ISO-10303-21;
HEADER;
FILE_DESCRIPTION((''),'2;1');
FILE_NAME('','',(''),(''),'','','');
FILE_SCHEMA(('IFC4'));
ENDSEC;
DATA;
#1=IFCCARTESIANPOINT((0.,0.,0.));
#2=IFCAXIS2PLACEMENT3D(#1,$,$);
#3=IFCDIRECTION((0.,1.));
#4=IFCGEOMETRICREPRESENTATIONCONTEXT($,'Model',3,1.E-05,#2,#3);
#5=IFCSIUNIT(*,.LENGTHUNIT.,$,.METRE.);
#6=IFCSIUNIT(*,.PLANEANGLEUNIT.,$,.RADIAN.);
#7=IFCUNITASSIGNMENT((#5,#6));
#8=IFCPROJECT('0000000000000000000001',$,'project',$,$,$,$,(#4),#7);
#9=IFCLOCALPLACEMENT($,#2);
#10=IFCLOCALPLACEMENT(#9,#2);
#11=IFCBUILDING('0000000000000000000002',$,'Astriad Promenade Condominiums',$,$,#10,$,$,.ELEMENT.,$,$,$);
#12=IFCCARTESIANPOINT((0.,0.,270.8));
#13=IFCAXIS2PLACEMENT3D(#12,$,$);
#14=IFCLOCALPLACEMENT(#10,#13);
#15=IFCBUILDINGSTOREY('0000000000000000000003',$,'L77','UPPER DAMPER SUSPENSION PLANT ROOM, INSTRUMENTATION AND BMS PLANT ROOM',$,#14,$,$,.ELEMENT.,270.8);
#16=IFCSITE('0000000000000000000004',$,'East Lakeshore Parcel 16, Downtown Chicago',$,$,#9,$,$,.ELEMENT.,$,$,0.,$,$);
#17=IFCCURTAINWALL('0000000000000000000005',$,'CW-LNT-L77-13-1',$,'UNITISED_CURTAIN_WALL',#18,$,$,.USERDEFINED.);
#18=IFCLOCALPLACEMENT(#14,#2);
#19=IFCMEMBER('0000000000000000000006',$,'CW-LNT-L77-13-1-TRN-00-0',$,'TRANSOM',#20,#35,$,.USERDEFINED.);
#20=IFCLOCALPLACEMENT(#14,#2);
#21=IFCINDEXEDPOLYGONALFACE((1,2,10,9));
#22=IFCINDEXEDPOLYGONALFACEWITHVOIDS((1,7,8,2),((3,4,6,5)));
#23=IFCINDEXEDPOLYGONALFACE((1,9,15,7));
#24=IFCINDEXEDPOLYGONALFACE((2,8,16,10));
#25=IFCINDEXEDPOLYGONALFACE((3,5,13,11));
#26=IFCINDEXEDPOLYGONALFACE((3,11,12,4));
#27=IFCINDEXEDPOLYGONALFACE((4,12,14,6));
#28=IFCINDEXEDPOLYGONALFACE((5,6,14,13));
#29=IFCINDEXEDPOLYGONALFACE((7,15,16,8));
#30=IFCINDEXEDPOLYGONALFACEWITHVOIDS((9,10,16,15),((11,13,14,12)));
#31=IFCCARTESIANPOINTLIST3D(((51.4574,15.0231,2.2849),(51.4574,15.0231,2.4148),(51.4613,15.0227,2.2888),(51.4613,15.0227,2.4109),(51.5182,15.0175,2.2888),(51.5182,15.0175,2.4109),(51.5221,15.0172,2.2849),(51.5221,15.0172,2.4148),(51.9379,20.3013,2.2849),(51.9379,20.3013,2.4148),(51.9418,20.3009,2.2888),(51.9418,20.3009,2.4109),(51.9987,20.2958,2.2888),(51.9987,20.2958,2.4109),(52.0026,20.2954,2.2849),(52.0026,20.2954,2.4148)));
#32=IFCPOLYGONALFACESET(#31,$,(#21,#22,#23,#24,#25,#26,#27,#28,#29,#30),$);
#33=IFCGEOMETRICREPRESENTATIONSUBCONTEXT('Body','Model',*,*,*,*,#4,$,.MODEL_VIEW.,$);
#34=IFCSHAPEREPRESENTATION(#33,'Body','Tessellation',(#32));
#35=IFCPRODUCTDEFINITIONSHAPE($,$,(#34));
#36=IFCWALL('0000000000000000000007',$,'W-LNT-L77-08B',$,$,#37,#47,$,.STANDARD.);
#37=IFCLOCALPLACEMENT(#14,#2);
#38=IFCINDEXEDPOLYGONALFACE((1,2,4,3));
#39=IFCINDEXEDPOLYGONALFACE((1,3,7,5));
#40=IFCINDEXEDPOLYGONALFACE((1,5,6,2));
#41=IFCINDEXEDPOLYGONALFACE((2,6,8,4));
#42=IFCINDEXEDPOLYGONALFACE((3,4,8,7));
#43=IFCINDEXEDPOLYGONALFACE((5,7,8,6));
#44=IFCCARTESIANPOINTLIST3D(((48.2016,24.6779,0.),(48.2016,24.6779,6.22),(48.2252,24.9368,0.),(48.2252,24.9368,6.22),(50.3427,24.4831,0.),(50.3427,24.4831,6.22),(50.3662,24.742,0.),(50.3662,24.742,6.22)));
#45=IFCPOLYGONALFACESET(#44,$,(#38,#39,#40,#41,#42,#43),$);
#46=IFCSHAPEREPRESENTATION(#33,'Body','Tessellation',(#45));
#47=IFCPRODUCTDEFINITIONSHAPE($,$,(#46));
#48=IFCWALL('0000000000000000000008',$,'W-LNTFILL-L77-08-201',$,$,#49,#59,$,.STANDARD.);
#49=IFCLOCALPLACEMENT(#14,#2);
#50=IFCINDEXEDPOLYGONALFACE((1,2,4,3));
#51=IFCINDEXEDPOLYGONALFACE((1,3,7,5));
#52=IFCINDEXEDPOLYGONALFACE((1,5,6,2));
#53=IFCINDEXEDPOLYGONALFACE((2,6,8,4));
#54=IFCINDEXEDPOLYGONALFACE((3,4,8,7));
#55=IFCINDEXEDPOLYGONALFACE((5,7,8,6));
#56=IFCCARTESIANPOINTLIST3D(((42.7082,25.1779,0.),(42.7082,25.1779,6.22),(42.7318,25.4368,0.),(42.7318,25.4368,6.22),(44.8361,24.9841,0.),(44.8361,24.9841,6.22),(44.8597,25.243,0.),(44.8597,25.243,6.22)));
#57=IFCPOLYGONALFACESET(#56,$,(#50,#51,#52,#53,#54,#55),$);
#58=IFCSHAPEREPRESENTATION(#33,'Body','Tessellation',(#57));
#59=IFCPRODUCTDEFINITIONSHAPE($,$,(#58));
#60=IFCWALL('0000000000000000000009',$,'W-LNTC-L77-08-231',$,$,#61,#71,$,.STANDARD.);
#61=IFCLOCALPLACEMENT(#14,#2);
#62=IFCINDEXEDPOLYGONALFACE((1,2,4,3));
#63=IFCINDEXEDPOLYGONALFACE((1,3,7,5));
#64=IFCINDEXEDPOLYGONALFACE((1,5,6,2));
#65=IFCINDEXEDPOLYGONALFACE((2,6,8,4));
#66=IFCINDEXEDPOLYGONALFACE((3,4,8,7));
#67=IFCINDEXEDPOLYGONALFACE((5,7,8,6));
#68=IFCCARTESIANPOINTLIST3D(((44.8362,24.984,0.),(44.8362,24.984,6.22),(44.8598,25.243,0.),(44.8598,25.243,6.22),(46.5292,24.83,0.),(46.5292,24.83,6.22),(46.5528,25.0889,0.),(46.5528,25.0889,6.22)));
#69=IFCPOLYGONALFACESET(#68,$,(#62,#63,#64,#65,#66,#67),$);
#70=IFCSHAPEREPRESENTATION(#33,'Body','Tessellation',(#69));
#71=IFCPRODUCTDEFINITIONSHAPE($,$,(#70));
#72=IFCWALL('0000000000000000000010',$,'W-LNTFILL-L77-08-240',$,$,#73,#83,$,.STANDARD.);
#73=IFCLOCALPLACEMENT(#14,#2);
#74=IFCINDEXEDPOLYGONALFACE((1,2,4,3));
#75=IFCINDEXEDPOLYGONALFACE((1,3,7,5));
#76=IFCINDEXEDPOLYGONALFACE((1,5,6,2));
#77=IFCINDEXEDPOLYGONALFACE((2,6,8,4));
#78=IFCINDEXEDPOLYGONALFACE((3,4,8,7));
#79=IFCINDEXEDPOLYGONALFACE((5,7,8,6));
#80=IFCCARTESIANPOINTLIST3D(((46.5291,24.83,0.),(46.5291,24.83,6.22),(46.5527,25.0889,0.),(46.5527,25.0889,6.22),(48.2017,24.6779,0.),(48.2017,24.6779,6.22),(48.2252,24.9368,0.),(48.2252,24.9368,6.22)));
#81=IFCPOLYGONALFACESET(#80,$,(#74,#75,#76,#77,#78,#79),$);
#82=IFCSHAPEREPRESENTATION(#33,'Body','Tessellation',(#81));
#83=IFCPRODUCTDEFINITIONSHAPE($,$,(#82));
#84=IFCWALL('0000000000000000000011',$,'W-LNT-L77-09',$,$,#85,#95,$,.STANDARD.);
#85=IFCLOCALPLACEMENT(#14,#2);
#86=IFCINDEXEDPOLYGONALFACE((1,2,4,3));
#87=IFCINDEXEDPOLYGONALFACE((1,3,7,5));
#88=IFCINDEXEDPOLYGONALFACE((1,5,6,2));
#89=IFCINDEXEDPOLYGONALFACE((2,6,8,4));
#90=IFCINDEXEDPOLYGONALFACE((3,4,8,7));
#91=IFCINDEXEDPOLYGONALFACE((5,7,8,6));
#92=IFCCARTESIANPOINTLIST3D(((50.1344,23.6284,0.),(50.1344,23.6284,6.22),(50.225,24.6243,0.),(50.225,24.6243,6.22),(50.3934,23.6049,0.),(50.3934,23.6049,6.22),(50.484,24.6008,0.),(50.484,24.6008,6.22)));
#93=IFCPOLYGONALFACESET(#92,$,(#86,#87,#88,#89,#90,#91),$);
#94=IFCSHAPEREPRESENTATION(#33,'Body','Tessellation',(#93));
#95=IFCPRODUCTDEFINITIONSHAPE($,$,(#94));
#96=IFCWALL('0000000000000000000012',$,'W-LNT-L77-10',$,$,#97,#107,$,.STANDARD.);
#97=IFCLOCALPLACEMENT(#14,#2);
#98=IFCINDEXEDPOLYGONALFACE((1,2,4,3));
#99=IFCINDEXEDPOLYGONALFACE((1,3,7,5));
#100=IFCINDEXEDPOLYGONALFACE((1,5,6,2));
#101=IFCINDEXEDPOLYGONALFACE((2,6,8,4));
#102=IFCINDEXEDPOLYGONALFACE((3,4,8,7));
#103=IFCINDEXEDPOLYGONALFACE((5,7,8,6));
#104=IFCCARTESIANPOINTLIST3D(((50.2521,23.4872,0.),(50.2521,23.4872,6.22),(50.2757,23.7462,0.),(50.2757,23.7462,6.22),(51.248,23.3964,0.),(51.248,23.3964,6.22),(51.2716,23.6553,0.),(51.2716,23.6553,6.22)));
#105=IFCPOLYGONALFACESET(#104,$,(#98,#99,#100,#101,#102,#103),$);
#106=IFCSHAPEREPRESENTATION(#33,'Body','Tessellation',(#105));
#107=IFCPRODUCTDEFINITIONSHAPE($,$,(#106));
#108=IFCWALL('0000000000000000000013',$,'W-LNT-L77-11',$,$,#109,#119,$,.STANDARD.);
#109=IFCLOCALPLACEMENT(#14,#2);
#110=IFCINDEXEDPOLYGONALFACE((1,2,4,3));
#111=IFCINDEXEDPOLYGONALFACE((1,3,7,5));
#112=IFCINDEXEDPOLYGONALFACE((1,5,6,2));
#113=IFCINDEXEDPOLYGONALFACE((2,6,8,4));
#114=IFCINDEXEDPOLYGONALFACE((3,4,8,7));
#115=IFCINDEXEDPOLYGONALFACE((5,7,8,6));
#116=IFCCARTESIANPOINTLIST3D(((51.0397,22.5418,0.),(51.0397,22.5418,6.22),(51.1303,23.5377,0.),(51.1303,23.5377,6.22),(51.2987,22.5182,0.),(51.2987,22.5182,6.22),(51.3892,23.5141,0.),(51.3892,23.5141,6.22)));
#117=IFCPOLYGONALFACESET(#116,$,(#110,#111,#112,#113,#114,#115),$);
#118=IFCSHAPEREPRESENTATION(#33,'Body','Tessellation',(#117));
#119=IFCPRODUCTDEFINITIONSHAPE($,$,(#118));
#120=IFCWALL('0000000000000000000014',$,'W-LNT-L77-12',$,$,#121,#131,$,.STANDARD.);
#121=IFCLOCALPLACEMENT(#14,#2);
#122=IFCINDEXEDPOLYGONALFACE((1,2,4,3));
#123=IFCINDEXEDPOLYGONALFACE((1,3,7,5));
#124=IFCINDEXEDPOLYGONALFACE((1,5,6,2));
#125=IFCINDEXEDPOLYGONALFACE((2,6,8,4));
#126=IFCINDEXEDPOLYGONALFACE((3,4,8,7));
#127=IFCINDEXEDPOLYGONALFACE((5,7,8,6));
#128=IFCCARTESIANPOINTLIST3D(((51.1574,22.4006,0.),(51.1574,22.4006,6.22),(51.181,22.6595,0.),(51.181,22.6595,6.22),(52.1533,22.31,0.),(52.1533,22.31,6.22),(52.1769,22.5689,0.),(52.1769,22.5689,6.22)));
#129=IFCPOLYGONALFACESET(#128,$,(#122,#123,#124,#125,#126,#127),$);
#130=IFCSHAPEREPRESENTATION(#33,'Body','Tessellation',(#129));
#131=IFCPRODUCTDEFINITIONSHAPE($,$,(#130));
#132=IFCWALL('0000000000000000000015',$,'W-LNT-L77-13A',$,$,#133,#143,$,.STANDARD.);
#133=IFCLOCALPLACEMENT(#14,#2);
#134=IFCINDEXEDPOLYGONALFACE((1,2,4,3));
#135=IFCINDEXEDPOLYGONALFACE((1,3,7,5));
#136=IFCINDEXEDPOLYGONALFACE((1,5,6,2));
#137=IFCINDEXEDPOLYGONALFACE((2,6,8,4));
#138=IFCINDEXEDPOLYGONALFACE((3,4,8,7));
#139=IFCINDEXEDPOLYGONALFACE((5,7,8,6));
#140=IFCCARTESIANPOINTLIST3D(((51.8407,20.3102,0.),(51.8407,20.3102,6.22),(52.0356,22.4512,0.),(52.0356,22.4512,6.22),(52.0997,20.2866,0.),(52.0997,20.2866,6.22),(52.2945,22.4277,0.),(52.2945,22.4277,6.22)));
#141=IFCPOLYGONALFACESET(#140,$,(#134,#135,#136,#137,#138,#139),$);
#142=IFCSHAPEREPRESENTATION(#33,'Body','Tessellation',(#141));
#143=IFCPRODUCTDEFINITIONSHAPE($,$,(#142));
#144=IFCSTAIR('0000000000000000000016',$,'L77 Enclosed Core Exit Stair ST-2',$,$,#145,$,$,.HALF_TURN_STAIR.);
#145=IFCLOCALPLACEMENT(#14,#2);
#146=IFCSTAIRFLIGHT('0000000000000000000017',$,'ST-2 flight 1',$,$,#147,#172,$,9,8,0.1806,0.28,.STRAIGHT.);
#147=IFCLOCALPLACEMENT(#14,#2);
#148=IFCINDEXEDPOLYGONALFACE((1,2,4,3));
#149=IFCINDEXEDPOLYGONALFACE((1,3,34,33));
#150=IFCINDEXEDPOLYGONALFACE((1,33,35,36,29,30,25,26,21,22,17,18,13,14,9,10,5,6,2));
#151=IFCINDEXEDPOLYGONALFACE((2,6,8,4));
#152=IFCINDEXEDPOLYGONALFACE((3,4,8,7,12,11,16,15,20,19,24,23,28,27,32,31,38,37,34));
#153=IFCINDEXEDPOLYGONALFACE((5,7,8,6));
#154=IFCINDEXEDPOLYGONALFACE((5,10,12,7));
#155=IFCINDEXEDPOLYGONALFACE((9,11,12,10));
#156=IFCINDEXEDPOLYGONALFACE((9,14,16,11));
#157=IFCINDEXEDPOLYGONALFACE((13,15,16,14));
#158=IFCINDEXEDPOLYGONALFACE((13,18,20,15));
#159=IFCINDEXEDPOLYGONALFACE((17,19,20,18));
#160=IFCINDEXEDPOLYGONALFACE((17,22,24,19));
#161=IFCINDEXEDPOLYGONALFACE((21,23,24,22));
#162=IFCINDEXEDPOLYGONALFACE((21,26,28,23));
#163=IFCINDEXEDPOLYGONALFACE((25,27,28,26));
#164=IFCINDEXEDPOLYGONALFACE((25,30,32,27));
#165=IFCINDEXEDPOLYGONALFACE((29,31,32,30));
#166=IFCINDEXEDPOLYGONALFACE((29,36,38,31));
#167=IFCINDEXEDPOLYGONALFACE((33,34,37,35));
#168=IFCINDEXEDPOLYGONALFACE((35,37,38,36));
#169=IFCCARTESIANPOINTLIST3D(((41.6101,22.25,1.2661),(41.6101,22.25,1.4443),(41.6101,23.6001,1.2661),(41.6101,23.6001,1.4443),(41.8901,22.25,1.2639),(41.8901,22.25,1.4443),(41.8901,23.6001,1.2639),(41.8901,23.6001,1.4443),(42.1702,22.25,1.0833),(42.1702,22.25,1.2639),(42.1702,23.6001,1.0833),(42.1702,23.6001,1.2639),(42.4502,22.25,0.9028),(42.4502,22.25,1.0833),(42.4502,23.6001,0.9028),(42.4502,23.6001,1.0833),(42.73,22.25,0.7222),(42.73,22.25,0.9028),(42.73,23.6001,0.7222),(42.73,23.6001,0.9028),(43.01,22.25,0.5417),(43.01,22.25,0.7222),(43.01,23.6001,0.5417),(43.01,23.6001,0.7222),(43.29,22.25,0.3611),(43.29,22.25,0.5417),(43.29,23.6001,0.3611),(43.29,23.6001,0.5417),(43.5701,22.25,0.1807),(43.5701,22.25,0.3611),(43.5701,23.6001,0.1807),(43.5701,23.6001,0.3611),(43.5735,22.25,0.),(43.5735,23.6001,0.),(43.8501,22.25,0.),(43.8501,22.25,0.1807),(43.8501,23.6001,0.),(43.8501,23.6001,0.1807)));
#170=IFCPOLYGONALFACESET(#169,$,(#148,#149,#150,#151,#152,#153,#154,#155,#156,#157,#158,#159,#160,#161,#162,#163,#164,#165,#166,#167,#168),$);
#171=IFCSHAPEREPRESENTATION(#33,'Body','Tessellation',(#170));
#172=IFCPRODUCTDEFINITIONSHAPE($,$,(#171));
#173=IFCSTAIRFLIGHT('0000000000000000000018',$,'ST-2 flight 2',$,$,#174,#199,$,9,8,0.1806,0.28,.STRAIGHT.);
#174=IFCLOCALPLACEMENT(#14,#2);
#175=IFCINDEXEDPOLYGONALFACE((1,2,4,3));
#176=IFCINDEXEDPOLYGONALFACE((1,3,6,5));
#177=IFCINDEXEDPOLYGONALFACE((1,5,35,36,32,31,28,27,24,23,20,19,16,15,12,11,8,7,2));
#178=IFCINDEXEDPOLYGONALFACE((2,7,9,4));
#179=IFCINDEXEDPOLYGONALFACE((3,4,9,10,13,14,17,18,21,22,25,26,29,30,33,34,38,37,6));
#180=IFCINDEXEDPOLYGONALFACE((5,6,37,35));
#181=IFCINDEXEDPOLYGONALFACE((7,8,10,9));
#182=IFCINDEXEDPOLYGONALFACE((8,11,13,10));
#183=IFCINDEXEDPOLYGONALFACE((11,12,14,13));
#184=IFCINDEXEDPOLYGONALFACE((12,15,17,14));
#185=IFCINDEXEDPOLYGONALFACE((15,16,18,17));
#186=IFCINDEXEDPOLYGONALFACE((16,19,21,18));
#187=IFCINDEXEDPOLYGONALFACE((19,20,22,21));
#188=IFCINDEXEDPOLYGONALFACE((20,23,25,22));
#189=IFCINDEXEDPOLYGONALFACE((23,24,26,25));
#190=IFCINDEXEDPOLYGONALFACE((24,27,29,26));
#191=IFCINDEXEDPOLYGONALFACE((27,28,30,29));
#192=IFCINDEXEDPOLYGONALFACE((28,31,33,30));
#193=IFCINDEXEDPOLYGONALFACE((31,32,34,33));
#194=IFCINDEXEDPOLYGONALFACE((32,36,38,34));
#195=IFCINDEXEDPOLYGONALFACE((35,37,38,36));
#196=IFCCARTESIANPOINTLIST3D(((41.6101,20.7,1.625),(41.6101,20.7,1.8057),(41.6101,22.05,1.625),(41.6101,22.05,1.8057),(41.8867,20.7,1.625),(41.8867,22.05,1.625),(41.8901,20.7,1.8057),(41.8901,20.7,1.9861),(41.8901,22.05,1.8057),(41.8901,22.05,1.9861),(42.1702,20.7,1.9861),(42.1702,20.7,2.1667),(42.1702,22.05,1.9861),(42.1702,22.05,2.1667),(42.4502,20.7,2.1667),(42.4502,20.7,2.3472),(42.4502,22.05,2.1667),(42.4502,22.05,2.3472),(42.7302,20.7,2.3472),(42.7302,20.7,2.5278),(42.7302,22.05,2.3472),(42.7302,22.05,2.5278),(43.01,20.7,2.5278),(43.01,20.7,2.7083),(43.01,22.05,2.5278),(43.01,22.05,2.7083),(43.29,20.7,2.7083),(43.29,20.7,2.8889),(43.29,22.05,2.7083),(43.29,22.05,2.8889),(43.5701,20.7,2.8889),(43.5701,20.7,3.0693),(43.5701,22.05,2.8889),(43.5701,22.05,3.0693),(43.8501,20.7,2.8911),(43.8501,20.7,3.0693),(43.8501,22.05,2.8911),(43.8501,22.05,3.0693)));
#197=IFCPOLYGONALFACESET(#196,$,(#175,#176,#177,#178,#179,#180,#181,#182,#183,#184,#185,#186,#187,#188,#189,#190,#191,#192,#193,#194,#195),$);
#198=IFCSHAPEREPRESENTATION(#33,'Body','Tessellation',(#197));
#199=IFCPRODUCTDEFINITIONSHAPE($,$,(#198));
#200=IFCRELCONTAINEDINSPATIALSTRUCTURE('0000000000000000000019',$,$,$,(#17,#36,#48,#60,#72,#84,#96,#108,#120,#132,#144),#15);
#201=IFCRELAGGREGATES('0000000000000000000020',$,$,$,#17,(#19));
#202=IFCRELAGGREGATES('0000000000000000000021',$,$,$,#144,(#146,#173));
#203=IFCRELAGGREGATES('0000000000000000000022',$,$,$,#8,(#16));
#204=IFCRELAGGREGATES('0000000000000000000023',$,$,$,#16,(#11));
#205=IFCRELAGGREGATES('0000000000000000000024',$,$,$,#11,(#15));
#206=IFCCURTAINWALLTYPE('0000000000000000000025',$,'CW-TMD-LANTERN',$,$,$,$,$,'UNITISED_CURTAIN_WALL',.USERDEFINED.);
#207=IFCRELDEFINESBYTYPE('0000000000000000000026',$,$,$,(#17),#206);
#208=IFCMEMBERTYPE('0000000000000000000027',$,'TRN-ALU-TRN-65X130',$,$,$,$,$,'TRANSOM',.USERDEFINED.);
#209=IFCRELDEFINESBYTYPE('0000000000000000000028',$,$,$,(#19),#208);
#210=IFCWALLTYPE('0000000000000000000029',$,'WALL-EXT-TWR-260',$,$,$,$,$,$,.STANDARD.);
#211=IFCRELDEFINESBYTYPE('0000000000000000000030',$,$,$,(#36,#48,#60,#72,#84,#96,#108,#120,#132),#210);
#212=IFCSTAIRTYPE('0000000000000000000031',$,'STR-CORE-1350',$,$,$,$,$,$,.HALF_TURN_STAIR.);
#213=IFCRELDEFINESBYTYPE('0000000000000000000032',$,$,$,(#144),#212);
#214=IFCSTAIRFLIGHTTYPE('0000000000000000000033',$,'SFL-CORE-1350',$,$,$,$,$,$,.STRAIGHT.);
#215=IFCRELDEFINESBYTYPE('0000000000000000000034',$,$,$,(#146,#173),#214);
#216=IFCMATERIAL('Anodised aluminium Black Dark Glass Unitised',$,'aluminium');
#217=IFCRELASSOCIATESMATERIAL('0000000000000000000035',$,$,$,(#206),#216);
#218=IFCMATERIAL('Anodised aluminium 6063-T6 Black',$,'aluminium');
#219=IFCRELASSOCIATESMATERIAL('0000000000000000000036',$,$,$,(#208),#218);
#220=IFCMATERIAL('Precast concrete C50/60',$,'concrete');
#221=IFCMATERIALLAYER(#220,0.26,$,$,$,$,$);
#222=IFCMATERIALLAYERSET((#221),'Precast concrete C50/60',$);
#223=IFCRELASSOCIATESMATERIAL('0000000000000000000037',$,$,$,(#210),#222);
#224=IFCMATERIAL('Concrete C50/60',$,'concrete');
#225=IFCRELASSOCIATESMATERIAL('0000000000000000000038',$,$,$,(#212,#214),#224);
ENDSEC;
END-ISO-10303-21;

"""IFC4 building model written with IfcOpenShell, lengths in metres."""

from ifc_helpers import new_model, si_unit, direction, frame, frame_2d, origin, origin_2d, place, context, subcontext, project, spatial, polyline, rectangle, hollow_rectangle, outline, extrude, source, transform, mapped, material, layer, layer_set, material_profile, profile_set, type_object, type_shapes, element, aggregate, save


model = new_model("IFC4")

# Units and contexts
model_context = context("Model", 3, precision=1e-05, world=origin(), true_north=direction((0.0, 1.0)))
body_context = subcontext(model_context, "Body", "Model", "MODEL_VIEW")
ifc_project = project(units=[si_unit("LENGTHUNIT", "METRE"), si_unit("PLANEANGLEUNIT", "RADIAN")], contexts=[model_context])

# Site, building, storey
site_placement = place(None, origin())
site = spatial("IfcSite", under=ifc_project, at=site_placement, Name="East Lakeshore Parcel 16, Downtown Chicago", CompositionType="ELEMENT", RefElevation=0.0)
building_placement = place(site_placement, origin())
building = spatial("IfcBuilding", under=site, at=building_placement, Name="Astriad Promenade Condominiums", CompositionType="ELEMENT")
storey_placement = place(building_placement, frame((0.0, 0.0, 270.8)))
storey = spatial("IfcBuildingStorey", under=building, at=storey_placement, Name="L77", Description="UPPER DAMPER SUSPENSION PLANT ROOM, INSTRUMENTATION AND BMS PLANT ROOM", CompositionType="ELEMENT", Elevation=270.8)

# Curtain wall, member
ifc_material_1 = material(Name="Anodised aluminium Black Dark Glass Unitised", Category="aluminium")
curtain_wall_type = type_object("IfcCurtainWallType", Name="CW-TMD-LANTERN", ElementType="UNITISED_CURTAIN_WALL", PredefinedType="USERDEFINED", material=ifc_material_1)
curtain_wall_placement = place(storey_placement, origin())
curtain_wall = element("IfcCurtainWall", 1, at=curtain_wall_placement, inside=storey, type_object=curtain_wall_type, Name="CW-LNT-L77-13-1", ObjectType="UNITISED_CURTAIN_WALL", PredefinedType="USERDEFINED")
ifc_material_2 = material(Name="Anodised aluminium 6063-T6 Black", Category="aluminium")
ifc_material_profile_1 = material_profile(ifc_material_2, hollow_rectangle(XDim=0.0649, YDim=0.1299, WallThickness=0.0039, at=origin_2d()), Name="ALU-TRN-65X130")
ifc_profile_set_1 = profile_set([ifc_material_profile_1], Name="Anodised aluminium 6063-T6 Black")
member_type = type_object("IfcMemberType", Name="TRN-ALU-TRN-65X130", ElementType="TRANSOM", PredefinedType="USERDEFINED", material=ifc_profile_set_1)
shared_shape_1 = source(origin(), body_context, "Body", "SweptSolid", [
    extrude(hollow_rectangle(XDim=0.0649, YDim=0.1299, WallThickness=0.0039, at=origin_2d()), origin(), (0.0, 0.0, 1.0), 5.3),
])
type_shapes(member_type, [shared_shape_1])
member_placement = place(storey_placement, frame((51.9702, 20.2983, 2.3499), z_axis=(-0.090652, -0.995883, 0.0), x_axis=(0.995883, -0.090652, 0.0)))
member = element("IfcMember", 2, at=member_placement, type_object=member_type, Name="CW-LNT-L77-13-1-TRN-00-0", ObjectType="TRANSOM", PredefinedType="USERDEFINED", context=body_context, shape_type="MappedRepresentation", body=[
    mapped(shared_shape_1, transform((0.0, 0.0, 0.0), scale=1.0)),
])
aggregate(curtain_wall, [member])

# Walls
ifc_material_3 = material(Name="Precast concrete C50/60", Category="concrete")
ifc_layer = layer(ifc_material_3, 0.26)
ifc_layer_set = layer_set([ifc_layer], Name="Precast concrete C50/60")
wall_type = type_object("IfcWallType", Name="WALL-EXT-TWR-260", PredefinedType="STANDARD", material=ifc_layer_set)
wall_1_placement = place(storey_placement, frame((48.2134, 24.8074, 0.0), z_axis=(0.0, 0.0, 1.0), x_axis=(0.995886, -0.090618, 0.0)))
element("IfcWall", 3, at=wall_1_placement, inside=storey, type_object=wall_type, Name="W-LNT-L77-08B", PredefinedType="STANDARD", context=body_context, shape_type="SweptSolid", body=[
    extrude(rectangle(XDim=2.1499, YDim=0.26, at=frame_2d((1.075, 0.0))), origin(), (0.0, 0.0, 1.0), 6.22),
])
wall_2_placement = place(storey_placement, frame((42.72, 25.3074, 0.0), z_axis=(0.0, 0.0, 1.0), x_axis=(0.995876, -0.090721, 0.0)))
element("IfcWall", 4, at=wall_2_placement, inside=storey, type_object=wall_type, Name="W-LNTFILL-L77-08-201", PredefinedType="STANDARD", context=body_context, shape_type="SweptSolid", body=[
    extrude(rectangle(XDim=2.1367, YDim=0.26, at=frame_2d((1.0684, 0.0))), origin(), (0.0, 0.0, 1.0), 6.22),
])
wall_3_placement = place(storey_placement, frame((44.8479, 25.1135, 0.0), z_axis=(0.0, 0.0, 1.0), x_axis=(0.995885, -0.090626, 0.0)))
element("IfcWall", 5, at=wall_3_placement, inside=storey, type_object=wall_type, Name="W-LNTC-L77-08-231", PredefinedType="STANDARD", context=body_context, shape_type="SweptSolid", body=[
    extrude(rectangle(XDim=1.7, YDim=0.26, at=frame_2d((0.8501, 0.0))), origin(), (0.0, 0.0, 1.0), 6.22),
])
wall_4_placement = place(storey_placement, frame((46.5408, 24.9595, 0.0), z_axis=(0.0, 0.0, 1.0), x_axis=(0.995891, -0.090562, 0.0)))
element("IfcWall", 6, at=wall_4_placement, inside=storey, type_object=wall_type, Name="W-LNTFILL-L77-08-240", PredefinedType="STANDARD", context=body_context, shape_type="SweptSolid", body=[
    extrude(rectangle(XDim=1.6794, YDim=0.26, at=frame_2d((0.8398, 0.0))), origin(), (0.0, 0.0, 1.0), 6.22),
])
for number, where, z_axis, x_axis, name in (
    (7, (50.3545, 24.6125, 0.0), (0.0, 0.0, 1.0), (-0.09058, -0.995889, 0.0), "W-LNT-L77-09"),
    (8, (50.2639, 23.6167, 0.0), (0.0, 0.0, 1.0), (0.995867, -0.090822, 0.0), "W-LNT-L77-10"),
    (9, (51.2598, 23.5259, 0.0), (0.0, 0.0, 1.0), (-0.09058, -0.995889, 0.0), "W-LNT-L77-11"),
    (10, (51.1692, 22.53, 0.0), (0.0, 0.0, 1.0), (0.995889, -0.09058, 0.0), "W-LNT-L77-12"),
):
    element("IfcWall", number, at=place(storey_placement, frame(where, z_axis=z_axis, x_axis=x_axis)), inside=storey, type_object=wall_type, Name=name, PredefinedType="STANDARD", context=body_context, shape_type="SweptSolid", body=[
        extrude(rectangle(XDim=1.0, YDim=0.26, at=frame_2d((0.5, 0.0))), origin(), (0.0, 0.0, 1.0), 6.22),
    ])
wall_5_placement = place(storey_placement, frame((52.165, 22.4395, 0.0), z_axis=(0.0, 0.0, 1.0), x_axis=(-0.090618, -0.995886, 0.0)))
element("IfcWall", 11, at=wall_5_placement, inside=storey, type_object=wall_type, Name="W-LNT-L77-13A", PredefinedType="STANDARD", context=body_context, shape_type="SweptSolid", body=[
    extrude(rectangle(XDim=2.1499, YDim=0.26, at=frame_2d((1.075, 0.0))), origin(), (0.0, 0.0, 1.0), 6.22),
])

# Stair, stair flights
ifc_material_4 = material(Name="Concrete C50/60", Category="concrete")
stair_type = type_object("IfcStairType", Name="STR-CORE-1350", PredefinedType="HALF_TURN_STAIR", material=ifc_material_4)
stair_placement = place(storey_placement, origin())
stair = element("IfcStair", 12, at=stair_placement, inside=storey, type_object=stair_type, Name="L77 Enclosed Core Exit Stair ST-2", PredefinedType="HALF_TURN_STAIR")
stair_flight_type = type_object("IfcStairFlightType", Name="SFL-CORE-1350", PredefinedType="STRAIGHT", material=ifc_material_4)
shared_shape_2 = source(origin(), body_context, "Body", "SweptSolid", [
    extrude(outline(polyline([(0.0, 0.0), (0.0, 0.1807), (0.28, 0.1807), (0.28, 0.3611), (0.5601, 0.3611), (0.5601, 0.5417), (0.8401, 0.5417), (0.8401, 0.7222), (1.1201, 0.7222), (1.1201, 0.9028), (1.3999, 0.9028), (1.3999, 1.0833), (1.6799, 1.0833), (1.6799, 1.2639), (1.96, 1.2639), (1.96, 1.4443), (2.24, 1.4443), (2.24, 1.625), (2.24, 1.2661), (0.2766, 0.0), (0.0, 0.0)])), frame((0.0, 0.675, 0.0), z_axis=(0.0, -1.0, 0.0), x_axis=(1.0, 0.0, 0.0)), (0.0, 0.0, 1.0), 1.3501),
])
type_shapes(stair_flight_type, [shared_shape_2])
stair_flight_1_placement = place(storey_placement, frame((43.8501, 22.925, 0.0), z_axis=(0.0, 0.0, 1.0), x_axis=(-1.0, 0.0, 0.0)))
stair_flight_1 = element("IfcStairFlight", 13, at=stair_flight_1_placement, type_object=stair_flight_type, Name="ST-2 flight 1", NumberOfRisers=9, NumberOfTreads=8, PredefinedType="STRAIGHT", RiserHeight=0.1806, TreadLength=0.28, context=body_context, shape_type="MappedRepresentation", body=[
    mapped(shared_shape_2, transform((0.0, 0.0, 0.0), scale=1.0)),
])
stair_flight_2_placement = place(storey_placement, frame((41.6101, 21.375, 1.625), z_axis=(0.0, 0.0, 1.0), x_axis=(1.0, 0.0, 0.0)))
stair_flight_2 = element("IfcStairFlight", 14, at=stair_flight_2_placement, type_object=stair_flight_type, Name="ST-2 flight 2", NumberOfRisers=9, NumberOfTreads=8, PredefinedType="STRAIGHT", RiserHeight=0.1806, TreadLength=0.28, context=body_context, shape_type="MappedRepresentation", body=[
    mapped(shared_shape_2, transform((0.0, 0.0, 0.0), scale=1.0)),
])
aggregate(stair, [stair_flight_1, stair_flight_2])

save(model, "model.ifc")
